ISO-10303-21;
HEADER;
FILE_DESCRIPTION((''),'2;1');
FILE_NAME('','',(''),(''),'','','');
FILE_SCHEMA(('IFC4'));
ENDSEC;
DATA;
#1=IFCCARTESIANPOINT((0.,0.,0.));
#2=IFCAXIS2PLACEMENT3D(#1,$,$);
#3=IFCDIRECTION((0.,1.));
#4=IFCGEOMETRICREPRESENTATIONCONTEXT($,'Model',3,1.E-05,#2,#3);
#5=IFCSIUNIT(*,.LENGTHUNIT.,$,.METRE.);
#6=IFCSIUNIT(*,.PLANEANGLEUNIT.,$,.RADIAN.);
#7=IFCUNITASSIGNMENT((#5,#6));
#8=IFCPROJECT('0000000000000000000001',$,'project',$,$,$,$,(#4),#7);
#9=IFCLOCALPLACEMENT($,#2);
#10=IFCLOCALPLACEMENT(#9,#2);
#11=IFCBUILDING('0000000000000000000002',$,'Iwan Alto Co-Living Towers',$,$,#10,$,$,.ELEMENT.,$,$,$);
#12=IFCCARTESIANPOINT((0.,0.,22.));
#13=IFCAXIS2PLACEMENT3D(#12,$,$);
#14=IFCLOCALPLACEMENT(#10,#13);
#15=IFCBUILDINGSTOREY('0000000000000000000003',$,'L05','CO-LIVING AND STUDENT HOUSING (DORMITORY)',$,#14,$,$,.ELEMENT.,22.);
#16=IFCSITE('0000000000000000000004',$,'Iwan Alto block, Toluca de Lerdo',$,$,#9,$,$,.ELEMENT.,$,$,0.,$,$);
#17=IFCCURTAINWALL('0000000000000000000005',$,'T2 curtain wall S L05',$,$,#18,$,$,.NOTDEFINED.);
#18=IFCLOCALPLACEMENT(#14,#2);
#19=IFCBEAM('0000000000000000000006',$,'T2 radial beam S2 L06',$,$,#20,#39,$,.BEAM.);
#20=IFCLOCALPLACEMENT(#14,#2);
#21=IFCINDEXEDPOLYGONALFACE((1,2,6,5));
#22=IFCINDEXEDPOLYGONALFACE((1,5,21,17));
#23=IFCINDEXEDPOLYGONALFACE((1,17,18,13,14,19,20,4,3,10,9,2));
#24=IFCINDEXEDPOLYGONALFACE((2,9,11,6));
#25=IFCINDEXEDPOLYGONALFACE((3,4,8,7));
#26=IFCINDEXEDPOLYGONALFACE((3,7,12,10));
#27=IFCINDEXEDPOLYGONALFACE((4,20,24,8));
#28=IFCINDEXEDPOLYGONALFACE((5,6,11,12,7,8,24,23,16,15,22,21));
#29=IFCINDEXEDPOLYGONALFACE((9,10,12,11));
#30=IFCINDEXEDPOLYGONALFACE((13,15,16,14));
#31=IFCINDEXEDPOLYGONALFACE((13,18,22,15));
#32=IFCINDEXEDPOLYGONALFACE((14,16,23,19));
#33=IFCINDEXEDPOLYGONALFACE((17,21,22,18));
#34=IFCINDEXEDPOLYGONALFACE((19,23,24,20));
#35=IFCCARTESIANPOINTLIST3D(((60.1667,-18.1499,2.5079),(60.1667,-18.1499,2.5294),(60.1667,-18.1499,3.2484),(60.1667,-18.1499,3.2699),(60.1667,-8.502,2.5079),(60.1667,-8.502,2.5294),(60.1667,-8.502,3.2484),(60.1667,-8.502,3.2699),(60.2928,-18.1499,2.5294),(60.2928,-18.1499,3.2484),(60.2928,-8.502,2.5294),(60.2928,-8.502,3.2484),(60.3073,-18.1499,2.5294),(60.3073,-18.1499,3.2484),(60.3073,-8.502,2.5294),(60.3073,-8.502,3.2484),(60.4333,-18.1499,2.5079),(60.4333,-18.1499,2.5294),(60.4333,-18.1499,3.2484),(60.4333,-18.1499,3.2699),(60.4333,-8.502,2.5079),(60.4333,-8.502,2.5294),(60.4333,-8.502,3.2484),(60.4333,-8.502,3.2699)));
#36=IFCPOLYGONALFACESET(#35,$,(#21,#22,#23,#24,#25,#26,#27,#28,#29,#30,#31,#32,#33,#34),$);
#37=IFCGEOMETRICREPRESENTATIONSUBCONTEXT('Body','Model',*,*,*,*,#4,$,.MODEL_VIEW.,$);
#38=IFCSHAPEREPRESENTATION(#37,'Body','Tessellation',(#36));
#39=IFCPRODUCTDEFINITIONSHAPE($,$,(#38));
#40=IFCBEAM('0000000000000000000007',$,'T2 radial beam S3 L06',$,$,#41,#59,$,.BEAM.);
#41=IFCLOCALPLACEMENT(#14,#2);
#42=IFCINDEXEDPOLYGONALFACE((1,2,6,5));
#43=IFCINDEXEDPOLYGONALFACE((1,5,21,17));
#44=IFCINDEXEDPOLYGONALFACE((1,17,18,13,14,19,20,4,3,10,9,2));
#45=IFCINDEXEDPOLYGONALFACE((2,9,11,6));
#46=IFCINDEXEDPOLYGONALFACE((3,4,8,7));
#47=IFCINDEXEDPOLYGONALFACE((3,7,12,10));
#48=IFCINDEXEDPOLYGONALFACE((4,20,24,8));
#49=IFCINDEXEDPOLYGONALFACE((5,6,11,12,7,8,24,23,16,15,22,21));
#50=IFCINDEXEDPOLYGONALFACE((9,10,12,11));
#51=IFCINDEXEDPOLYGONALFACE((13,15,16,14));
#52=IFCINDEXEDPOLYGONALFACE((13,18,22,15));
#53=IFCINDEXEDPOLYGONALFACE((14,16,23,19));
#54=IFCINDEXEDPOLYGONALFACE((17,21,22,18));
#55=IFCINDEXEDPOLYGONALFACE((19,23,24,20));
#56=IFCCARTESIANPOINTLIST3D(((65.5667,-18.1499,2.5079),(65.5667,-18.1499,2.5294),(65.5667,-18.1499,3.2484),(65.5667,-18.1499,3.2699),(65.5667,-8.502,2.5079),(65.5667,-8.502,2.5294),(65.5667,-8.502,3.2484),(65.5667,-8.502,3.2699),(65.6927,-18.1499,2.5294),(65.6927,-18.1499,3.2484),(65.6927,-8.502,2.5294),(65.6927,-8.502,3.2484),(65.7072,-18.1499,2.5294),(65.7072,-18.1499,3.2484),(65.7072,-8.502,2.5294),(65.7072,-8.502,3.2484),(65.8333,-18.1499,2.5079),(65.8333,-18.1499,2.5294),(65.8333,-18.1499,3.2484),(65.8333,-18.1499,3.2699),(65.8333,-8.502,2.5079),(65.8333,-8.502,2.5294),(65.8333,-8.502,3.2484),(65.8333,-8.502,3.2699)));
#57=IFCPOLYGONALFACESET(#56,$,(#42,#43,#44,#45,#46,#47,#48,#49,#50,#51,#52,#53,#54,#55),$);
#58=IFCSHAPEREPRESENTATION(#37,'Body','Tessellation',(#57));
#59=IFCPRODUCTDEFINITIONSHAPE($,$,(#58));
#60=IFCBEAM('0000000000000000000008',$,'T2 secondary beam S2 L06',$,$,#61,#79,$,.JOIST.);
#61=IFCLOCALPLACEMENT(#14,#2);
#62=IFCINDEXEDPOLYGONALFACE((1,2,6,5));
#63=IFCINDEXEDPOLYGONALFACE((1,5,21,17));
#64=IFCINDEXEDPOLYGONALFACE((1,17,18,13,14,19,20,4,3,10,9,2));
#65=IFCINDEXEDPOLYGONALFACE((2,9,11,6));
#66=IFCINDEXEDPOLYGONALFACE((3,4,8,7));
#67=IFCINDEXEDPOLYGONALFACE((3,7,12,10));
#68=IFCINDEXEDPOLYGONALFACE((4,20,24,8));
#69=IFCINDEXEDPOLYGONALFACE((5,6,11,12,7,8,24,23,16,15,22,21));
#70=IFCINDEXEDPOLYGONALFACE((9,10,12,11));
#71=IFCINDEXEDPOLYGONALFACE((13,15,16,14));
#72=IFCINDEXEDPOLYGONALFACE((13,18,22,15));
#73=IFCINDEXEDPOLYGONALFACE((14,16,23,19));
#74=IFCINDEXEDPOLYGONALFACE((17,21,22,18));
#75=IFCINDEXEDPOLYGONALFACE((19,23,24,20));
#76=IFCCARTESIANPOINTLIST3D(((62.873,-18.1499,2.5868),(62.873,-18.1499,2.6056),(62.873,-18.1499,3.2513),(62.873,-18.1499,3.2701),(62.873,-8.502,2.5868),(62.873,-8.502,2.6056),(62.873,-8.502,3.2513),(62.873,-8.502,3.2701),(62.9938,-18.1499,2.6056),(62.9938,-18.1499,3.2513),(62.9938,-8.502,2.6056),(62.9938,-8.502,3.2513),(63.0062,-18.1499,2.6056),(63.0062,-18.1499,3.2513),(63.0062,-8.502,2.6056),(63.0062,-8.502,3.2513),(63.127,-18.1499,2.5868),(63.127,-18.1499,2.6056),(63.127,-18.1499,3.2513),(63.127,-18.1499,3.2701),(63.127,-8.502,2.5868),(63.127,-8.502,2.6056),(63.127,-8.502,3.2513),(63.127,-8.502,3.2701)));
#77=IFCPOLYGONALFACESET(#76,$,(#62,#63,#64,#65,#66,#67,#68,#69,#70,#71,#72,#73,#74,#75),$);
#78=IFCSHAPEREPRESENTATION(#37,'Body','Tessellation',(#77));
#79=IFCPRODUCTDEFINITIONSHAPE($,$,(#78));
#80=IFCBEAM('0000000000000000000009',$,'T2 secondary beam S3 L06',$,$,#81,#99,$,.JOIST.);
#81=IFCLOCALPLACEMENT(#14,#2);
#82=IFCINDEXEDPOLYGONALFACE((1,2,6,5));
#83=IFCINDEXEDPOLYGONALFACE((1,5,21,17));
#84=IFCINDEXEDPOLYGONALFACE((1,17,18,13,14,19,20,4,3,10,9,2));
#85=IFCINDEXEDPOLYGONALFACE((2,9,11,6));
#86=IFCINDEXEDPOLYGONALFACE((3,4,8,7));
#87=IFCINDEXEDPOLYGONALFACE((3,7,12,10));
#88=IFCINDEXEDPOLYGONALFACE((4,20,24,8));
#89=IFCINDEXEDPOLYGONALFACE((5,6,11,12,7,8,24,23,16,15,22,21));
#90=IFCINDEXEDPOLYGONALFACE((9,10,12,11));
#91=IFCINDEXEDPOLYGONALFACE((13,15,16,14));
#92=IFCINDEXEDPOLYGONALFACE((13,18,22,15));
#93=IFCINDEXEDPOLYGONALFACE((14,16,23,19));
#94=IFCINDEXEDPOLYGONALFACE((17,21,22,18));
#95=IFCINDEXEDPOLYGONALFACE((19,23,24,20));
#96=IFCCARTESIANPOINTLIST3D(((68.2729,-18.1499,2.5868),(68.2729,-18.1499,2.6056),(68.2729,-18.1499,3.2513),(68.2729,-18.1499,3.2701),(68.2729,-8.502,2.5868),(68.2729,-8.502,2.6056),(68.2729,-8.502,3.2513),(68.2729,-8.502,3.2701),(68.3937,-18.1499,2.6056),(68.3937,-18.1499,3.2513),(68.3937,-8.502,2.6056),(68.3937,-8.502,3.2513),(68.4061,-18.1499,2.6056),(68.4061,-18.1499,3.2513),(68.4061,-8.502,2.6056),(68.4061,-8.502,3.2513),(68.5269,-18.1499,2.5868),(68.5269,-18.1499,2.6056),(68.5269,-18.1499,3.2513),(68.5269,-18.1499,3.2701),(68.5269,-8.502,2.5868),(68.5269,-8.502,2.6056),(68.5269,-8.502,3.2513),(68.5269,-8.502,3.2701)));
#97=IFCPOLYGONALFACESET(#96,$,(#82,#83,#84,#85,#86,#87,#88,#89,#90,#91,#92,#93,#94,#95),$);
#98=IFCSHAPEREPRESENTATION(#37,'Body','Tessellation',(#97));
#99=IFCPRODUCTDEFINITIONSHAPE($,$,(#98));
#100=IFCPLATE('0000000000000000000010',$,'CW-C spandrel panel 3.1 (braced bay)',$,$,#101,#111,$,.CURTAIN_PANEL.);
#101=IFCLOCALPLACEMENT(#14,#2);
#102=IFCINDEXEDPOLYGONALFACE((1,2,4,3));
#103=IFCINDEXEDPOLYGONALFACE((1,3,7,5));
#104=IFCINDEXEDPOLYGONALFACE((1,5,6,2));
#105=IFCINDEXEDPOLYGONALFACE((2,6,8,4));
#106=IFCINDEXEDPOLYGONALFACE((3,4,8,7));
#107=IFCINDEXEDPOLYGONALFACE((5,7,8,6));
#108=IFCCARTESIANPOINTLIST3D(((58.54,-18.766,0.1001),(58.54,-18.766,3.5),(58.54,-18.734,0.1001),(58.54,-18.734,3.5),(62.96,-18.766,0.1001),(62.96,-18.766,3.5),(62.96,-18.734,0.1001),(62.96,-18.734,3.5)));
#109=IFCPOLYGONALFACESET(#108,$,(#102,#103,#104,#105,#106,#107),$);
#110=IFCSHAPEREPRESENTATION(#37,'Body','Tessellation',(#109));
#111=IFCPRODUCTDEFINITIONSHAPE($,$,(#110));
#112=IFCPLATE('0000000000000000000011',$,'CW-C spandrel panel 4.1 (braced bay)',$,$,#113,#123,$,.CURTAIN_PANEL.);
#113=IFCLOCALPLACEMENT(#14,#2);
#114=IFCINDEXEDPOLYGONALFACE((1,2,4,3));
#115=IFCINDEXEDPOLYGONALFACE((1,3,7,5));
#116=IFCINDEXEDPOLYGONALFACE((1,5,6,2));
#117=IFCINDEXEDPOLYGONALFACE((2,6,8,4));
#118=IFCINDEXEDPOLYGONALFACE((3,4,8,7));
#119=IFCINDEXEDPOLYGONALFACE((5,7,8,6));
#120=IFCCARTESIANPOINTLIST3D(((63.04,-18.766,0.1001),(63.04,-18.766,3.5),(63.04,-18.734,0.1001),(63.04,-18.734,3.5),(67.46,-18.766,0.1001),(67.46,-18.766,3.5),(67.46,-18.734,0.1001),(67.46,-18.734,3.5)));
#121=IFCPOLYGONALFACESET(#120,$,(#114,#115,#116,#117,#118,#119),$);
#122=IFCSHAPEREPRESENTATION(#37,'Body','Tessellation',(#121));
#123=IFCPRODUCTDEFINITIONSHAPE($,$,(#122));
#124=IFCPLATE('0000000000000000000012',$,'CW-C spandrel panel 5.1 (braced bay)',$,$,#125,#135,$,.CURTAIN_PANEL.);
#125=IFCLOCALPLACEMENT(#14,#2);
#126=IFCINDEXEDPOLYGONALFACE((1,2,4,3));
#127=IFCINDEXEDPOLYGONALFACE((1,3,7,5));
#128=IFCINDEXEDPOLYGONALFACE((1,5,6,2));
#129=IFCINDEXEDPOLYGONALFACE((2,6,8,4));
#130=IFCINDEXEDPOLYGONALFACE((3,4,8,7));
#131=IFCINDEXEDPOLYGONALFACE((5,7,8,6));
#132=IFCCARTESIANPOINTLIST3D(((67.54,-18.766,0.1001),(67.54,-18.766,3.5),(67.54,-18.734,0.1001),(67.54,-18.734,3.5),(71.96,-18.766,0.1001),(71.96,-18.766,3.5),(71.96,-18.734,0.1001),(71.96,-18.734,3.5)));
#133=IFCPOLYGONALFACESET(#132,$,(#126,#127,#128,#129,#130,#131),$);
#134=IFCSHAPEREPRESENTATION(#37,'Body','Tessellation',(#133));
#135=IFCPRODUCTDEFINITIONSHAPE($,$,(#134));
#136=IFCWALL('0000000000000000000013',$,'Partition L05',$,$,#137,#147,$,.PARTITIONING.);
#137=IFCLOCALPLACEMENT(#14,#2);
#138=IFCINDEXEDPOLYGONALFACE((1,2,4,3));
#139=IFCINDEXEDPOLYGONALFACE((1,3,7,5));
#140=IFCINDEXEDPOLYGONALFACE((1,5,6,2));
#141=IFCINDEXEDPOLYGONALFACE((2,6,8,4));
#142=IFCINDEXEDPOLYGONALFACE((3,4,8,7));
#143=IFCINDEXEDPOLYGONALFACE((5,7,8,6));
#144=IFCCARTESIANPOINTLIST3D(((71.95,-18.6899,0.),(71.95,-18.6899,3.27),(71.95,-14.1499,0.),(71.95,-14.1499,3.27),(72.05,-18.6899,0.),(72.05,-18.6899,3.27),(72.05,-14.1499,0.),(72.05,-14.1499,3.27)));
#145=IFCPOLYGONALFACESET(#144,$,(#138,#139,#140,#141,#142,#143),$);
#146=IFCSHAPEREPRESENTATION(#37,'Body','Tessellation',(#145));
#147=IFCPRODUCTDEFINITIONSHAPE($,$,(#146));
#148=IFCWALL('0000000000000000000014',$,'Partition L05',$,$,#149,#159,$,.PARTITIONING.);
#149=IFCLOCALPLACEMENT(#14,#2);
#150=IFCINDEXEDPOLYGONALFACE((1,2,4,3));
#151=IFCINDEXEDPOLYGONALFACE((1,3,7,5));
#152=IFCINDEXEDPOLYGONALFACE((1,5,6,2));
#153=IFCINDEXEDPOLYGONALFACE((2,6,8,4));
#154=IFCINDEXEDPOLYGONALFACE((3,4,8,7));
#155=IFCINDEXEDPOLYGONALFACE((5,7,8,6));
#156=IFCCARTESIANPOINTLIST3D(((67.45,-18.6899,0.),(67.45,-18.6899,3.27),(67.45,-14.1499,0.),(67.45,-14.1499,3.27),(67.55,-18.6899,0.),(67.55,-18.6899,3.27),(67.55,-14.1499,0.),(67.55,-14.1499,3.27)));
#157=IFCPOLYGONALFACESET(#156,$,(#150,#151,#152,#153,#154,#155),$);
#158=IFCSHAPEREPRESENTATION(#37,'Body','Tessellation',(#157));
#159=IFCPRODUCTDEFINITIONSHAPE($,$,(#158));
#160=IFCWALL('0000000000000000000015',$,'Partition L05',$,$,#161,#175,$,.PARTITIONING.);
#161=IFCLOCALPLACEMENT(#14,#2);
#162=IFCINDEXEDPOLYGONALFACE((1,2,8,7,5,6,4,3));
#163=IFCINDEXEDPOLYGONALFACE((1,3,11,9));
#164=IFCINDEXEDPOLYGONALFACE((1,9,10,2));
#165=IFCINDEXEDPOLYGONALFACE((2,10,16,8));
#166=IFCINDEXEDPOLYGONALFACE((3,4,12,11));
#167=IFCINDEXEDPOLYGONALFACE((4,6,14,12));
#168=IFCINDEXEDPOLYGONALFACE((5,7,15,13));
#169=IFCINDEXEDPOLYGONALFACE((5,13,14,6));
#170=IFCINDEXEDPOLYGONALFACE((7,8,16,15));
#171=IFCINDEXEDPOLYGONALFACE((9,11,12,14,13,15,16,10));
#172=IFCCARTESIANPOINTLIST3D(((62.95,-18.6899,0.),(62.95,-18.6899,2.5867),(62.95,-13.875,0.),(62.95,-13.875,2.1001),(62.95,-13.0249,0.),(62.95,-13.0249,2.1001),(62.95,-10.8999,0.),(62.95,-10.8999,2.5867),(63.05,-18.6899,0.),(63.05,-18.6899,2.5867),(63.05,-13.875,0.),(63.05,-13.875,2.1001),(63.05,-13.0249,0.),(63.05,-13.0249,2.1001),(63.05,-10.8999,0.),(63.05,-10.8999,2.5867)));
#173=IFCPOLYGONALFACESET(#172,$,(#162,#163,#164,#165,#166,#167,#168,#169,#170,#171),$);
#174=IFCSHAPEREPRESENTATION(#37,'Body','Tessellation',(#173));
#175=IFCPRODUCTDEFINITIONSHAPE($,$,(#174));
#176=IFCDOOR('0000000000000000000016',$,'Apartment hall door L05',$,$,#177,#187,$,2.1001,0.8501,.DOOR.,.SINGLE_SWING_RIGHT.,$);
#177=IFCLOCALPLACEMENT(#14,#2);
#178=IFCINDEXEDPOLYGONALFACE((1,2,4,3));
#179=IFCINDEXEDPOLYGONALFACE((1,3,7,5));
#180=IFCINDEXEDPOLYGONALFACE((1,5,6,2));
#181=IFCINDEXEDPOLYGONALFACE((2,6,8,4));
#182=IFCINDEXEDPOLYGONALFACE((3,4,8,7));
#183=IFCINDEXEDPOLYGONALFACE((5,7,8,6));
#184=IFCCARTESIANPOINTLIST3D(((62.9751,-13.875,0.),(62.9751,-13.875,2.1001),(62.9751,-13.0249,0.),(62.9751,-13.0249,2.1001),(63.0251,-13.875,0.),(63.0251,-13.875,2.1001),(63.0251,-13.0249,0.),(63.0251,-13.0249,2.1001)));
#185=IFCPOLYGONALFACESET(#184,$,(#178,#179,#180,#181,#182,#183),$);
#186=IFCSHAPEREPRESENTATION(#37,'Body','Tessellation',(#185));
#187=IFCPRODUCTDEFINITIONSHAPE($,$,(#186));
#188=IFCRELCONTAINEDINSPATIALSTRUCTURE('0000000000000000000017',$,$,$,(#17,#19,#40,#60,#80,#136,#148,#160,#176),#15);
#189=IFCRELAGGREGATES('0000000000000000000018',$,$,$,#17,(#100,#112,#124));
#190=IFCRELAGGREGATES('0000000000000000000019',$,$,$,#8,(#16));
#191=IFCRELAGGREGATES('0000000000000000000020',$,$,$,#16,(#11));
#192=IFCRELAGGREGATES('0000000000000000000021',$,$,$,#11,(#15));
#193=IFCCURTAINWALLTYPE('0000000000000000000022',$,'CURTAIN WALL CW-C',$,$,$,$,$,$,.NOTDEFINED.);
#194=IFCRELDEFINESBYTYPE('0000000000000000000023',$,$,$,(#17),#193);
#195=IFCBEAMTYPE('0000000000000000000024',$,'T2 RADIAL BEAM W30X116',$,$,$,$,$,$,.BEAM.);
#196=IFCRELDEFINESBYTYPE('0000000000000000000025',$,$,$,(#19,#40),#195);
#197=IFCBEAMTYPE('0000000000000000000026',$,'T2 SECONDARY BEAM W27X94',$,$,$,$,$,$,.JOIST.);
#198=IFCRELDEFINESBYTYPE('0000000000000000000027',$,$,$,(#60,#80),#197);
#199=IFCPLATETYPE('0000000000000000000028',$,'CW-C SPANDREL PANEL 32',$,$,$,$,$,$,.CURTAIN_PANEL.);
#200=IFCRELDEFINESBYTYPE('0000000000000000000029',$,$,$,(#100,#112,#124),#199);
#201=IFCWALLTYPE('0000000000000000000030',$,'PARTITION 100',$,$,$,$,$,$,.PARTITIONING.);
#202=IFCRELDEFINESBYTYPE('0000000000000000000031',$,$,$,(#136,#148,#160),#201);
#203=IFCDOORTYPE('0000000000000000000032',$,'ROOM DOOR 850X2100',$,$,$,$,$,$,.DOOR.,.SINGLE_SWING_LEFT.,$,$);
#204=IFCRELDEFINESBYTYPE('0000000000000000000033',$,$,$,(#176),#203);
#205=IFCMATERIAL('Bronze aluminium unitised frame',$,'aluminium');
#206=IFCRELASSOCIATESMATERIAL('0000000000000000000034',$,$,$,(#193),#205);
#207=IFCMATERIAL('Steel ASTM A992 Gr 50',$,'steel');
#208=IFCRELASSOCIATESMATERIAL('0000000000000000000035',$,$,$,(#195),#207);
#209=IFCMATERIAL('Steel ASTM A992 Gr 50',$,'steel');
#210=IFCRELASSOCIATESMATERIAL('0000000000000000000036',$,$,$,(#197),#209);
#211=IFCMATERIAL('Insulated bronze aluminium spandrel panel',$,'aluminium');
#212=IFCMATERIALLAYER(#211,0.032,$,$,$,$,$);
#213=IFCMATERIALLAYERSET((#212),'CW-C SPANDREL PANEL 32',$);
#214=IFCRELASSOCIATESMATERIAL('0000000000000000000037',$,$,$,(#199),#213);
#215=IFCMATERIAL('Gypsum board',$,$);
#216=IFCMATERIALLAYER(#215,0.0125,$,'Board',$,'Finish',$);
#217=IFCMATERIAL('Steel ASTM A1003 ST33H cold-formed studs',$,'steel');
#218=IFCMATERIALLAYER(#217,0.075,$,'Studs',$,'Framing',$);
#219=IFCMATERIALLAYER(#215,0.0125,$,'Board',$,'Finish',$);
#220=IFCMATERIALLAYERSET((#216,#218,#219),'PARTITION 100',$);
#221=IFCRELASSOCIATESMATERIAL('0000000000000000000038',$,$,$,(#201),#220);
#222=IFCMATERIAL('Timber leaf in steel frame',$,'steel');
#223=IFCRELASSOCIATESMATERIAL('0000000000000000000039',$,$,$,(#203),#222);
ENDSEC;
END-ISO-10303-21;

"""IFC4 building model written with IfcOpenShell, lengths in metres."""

from ifc_helpers import new_model, si_unit, direction, frame, frame_2d, origin, origin_2d, place, context, subcontext, project, spatial, rectangle, i_section, extrude, material, layer, layer_set, material_profile, profile_set, type_object, element, fill, aggregate, save


model = new_model("IFC4")

# Units and contexts
model_context = context("Model", 3, precision=1e-05, world=origin(), true_north=direction((0.0, 1.0)))
body_context = subcontext(model_context, "Body", "Model", "MODEL_VIEW")
ifc_project = project(units=[si_unit("LENGTHUNIT", "METRE"), si_unit("PLANEANGLEUNIT", "RADIAN")], contexts=[model_context])

# Site, building, storey
site_placement = place(None, origin())
site = spatial("IfcSite", under=ifc_project, at=site_placement, Name="Iwan Alto block, Toluca de Lerdo", CompositionType="ELEMENT", RefElevation=0.0)
building_placement = place(site_placement, origin())
building = spatial("IfcBuilding", under=site, at=building_placement, Name="Iwan Alto Co-Living Towers", CompositionType="ELEMENT")
storey_placement = place(building_placement, frame((0.0, 0.0, 22.0)))
storey = spatial("IfcBuildingStorey", under=building, at=storey_placement, Name="L05", Description="CO-LIVING AND STUDENT HOUSING (DORMITORY)", CompositionType="ELEMENT", Elevation=22.0)

# Curtain wall
ifc_material_1 = material(Name="Bronze aluminium unitised frame", Category="aluminium")
curtain_wall_type = type_object("IfcCurtainWallType", Name="CURTAIN WALL CW-C", PredefinedType="NOTDEFINED", material=ifc_material_1)
curtain_wall_placement = place(storey_placement, origin())
curtain_wall = element("IfcCurtainWall", 1, at=curtain_wall_placement, inside=storey, type_object=curtain_wall_type, Name="T2 curtain wall S L05", PredefinedType="NOTDEFINED")

# Beams
ifc_material_2 = material(Name="Steel ASTM A992 Gr 50", Category="steel")
ifc_material_profile_1 = material_profile(ifc_material_2, i_section(OverallWidth=0.2666, OverallDepth=0.762, WebThickness=0.0144, FlangeThickness=0.0215, at=origin_2d()), Name="W30X116")
ifc_profile_set_1 = profile_set([ifc_material_profile_1], Name="Steel ASTM A992 Gr 50")
beam_type_1 = type_object("IfcBeamType", Name="T2 RADIAL BEAM W30X116", PredefinedType="BEAM", material=ifc_profile_set_1)
for number, where, z_axis, x_axis, name in (
    (2, (60.3, -18.1499, 2.8889), (0.0, 1.0, 0.0), (-1.0, 0.0, 0.0), "T2 radial beam S2 L06"),
    (3, (65.7, -18.1499, 2.8889), (0.0, 1.0, 0.0), (-1.0, 0.0, 0.0), "T2 radial beam S3 L06"),
):
    element("IfcBeam", number, at=place(storey_placement, frame(where, z_axis=z_axis, x_axis=x_axis)), inside=storey, type_object=beam_type_1, Name=name, PredefinedType="BEAM", context=body_context, shape_type="SweptSolid", body=[
        extrude(i_section(OverallWidth=0.2666, OverallDepth=0.762, WebThickness=0.0144, FlangeThickness=0.0215, at=origin_2d()), origin(), (0.0, 0.0, 1.0), 9.6479),
    ])
ifc_material_3 = material(Name="Steel ASTM A992 Gr 50", Category="steel")
ifc_material_profile_2 = material_profile(ifc_material_3, i_section(OverallWidth=0.2539, OverallDepth=0.6833, WebThickness=0.0125, FlangeThickness=0.0188, at=origin_2d()), Name="W27X94")
ifc_profile_set_2 = profile_set([ifc_material_profile_2], Name="Steel ASTM A992 Gr 50")
beam_type_2 = type_object("IfcBeamType", Name="T2 SECONDARY BEAM W27X94", PredefinedType="JOIST", material=ifc_profile_set_2)
for number, where, z_axis, x_axis, name in (
    (4, (63.0, -18.1499, 2.9285), (0.0, 1.0, 0.0), (-1.0, 0.0, 0.0), "T2 secondary beam S2 L06"),
    (5, (68.3999, -18.1499, 2.9285), (0.0, 1.0, 0.0), (-1.0, 0.0, 0.0), "T2 secondary beam S3 L06"),
):
    element("IfcBeam", number, at=place(storey_placement, frame(where, z_axis=z_axis, x_axis=x_axis)), inside=storey, type_object=beam_type_2, Name=name, PredefinedType="JOIST", context=body_context, shape_type="SweptSolid", body=[
        extrude(i_section(OverallWidth=0.2539, OverallDepth=0.6833, WebThickness=0.0125, FlangeThickness=0.0188, at=origin_2d()), origin(), (0.0, 0.0, 1.0), 9.6479),
    ])

# Plates
ifc_material_4 = material(Name="Insulated bronze aluminium spandrel panel", Category="aluminium")
ifc_layer_1 = layer(ifc_material_4, 0.032)
ifc_layer_set_1 = layer_set([ifc_layer_1], Name="CW-C SPANDREL PANEL 32")
plate_type = type_object("IfcPlateType", Name="CW-C SPANDREL PANEL 32", PredefinedType="CURTAIN_PANEL", material=ifc_layer_set_1)
plate_1_placement = place(storey_placement, frame((60.75, -18.75, 0.1001), z_axis=(0.0, 0.0, 1.0), x_axis=(1.0, 0.0, 0.0)))
plate_1 = element("IfcPlate", 6, at=plate_1_placement, type_object=plate_type, Name="CW-C spandrel panel 3.1 (braced bay)", PredefinedType="CURTAIN_PANEL", context=body_context, shape_type="SweptSolid", body=[
    extrude(rectangle(XDim=4.4199, YDim=0.032, at=origin_2d()), origin(), (0.0, 0.0, 1.0), 3.3999),
])
plate_2_placement = place(storey_placement, frame((65.25, -18.75, 0.1001), z_axis=(0.0, 0.0, 1.0), x_axis=(1.0, 0.0, 0.0)))
plate_2 = element("IfcPlate", 7, at=plate_2_placement, type_object=plate_type, Name="CW-C spandrel panel 4.1 (braced bay)", PredefinedType="CURTAIN_PANEL", context=body_context, shape_type="SweptSolid", body=[
    extrude(rectangle(XDim=4.4199, YDim=0.032, at=origin_2d()), origin(), (0.0, 0.0, 1.0), 3.3999),
])
plate_3_placement = place(storey_placement, frame((69.75, -18.75, 0.1001), z_axis=(0.0, 0.0, 1.0), x_axis=(1.0, 0.0, 0.0)))
plate_3 = element("IfcPlate", 8, at=plate_3_placement, type_object=plate_type, Name="CW-C spandrel panel 5.1 (braced bay)", PredefinedType="CURTAIN_PANEL", context=body_context, shape_type="SweptSolid", body=[
    extrude(rectangle(XDim=4.4199, YDim=0.032, at=origin_2d()), origin(), (0.0, 0.0, 1.0), 3.3999),
])
aggregate(curtain_wall, [plate_1, plate_2, plate_3])

# Walls
ifc_material_5 = material(Name="Gypsum board")
ifc_layer_2 = layer(ifc_material_5, 0.0125, Name="Board", Category="Finish")
ifc_material_6 = material(Name="Steel ASTM A1003 ST33H cold-formed studs", Category="steel")
ifc_layer_3 = layer(ifc_material_6, 0.075, Name="Studs", Category="Framing")
ifc_layer_4 = layer(ifc_material_5, 0.0125, Name="Board", Category="Finish")
ifc_layer_set_2 = layer_set([ifc_layer_2, ifc_layer_3, ifc_layer_4], Name="PARTITION 100")
wall_type = type_object("IfcWallType", Name="PARTITION 100", PredefinedType="PARTITIONING", material=ifc_layer_set_2)
for number, where, z_axis, x_axis, name in (
    (9, (72.0, -18.6899, 0.0), (0.0, 0.0, 1.0), (0.0, 1.0, 0.0), "Partition L05"),
    (10, (67.5, -18.6899, 0.0), (0.0, 0.0, 1.0), (0.0, 1.0, 0.0), "Partition L05"),
):
    element("IfcWall", number, at=place(storey_placement, frame(where, z_axis=z_axis, x_axis=x_axis)), inside=storey, type_object=wall_type, Name=name, PredefinedType="PARTITIONING", context=body_context, shape_type="SweptSolid", body=[
        extrude(rectangle(XDim=4.54, YDim=0.1001, at=frame_2d((2.27, 0.0))), origin(), (0.0, 0.0, 1.0), 3.27),
    ])

# Wall, opening, door
wall_placement = place(storey_placement, frame((63.0, -18.6899, 0.0), z_axis=(0.0, 0.0, 1.0), x_axis=(0.0, 1.0, 0.0)))
wall = element("IfcWall", 11, at=wall_placement, inside=storey, type_object=wall_type, Name="Partition L05", PredefinedType="PARTITIONING", context=body_context, shape_type="SweptSolid", body=[
    extrude(rectangle(XDim=7.79, YDim=0.1001, at=frame_2d((3.895, 0.0))), origin(), (0.0, 0.0, 1.0), 2.5867),
])
opening_placement = place(wall_placement, frame((4.8149, 0.0, 0.0)))
opening = element("IfcOpeningElement", 12, at=opening_placement, cuts=wall, PredefinedType="OPENING", context=body_context, shape_type="SweptSolid", body=[
    extrude(rectangle(XDim=0.8501, YDim=2.1001, at=frame_2d((0.425, 1.05))), frame((0.0, 0.0601, 0.0), z_axis=(0.0, -1.0, 0.0), x_axis=(1.0, 0.0, 0.0)), (0.0, 0.0, 1.0), 0.1201),
])
ifc_material_7 = material(Name="Timber leaf in steel frame", Category="steel")
door_type = type_object("IfcDoorType", Name="ROOM DOOR 850X2100", OperationType="SINGLE_SWING_LEFT", PredefinedType="DOOR", material=ifc_material_7)
door_placement = place(opening_placement, origin())
door = element("IfcDoor", 13, at=door_placement, inside=storey, type_object=door_type, Name="Apartment hall door L05", OperationType="SINGLE_SWING_RIGHT", OverallHeight=2.1001, OverallWidth=0.8501, PredefinedType="DOOR", context=body_context, shape_type="SweptSolid", body=[
    extrude(rectangle(XDim=0.8501, YDim=2.1001, at=frame_2d((0.425, 1.05))), frame((0.0, 0.0249, 0.0), z_axis=(0.0, -1.0, 0.0), x_axis=(1.0, 0.0, 0.0)), (0.0, 0.0, 1.0), 0.05),
])
fill(opening, door)

save(model, "model.ifc")
